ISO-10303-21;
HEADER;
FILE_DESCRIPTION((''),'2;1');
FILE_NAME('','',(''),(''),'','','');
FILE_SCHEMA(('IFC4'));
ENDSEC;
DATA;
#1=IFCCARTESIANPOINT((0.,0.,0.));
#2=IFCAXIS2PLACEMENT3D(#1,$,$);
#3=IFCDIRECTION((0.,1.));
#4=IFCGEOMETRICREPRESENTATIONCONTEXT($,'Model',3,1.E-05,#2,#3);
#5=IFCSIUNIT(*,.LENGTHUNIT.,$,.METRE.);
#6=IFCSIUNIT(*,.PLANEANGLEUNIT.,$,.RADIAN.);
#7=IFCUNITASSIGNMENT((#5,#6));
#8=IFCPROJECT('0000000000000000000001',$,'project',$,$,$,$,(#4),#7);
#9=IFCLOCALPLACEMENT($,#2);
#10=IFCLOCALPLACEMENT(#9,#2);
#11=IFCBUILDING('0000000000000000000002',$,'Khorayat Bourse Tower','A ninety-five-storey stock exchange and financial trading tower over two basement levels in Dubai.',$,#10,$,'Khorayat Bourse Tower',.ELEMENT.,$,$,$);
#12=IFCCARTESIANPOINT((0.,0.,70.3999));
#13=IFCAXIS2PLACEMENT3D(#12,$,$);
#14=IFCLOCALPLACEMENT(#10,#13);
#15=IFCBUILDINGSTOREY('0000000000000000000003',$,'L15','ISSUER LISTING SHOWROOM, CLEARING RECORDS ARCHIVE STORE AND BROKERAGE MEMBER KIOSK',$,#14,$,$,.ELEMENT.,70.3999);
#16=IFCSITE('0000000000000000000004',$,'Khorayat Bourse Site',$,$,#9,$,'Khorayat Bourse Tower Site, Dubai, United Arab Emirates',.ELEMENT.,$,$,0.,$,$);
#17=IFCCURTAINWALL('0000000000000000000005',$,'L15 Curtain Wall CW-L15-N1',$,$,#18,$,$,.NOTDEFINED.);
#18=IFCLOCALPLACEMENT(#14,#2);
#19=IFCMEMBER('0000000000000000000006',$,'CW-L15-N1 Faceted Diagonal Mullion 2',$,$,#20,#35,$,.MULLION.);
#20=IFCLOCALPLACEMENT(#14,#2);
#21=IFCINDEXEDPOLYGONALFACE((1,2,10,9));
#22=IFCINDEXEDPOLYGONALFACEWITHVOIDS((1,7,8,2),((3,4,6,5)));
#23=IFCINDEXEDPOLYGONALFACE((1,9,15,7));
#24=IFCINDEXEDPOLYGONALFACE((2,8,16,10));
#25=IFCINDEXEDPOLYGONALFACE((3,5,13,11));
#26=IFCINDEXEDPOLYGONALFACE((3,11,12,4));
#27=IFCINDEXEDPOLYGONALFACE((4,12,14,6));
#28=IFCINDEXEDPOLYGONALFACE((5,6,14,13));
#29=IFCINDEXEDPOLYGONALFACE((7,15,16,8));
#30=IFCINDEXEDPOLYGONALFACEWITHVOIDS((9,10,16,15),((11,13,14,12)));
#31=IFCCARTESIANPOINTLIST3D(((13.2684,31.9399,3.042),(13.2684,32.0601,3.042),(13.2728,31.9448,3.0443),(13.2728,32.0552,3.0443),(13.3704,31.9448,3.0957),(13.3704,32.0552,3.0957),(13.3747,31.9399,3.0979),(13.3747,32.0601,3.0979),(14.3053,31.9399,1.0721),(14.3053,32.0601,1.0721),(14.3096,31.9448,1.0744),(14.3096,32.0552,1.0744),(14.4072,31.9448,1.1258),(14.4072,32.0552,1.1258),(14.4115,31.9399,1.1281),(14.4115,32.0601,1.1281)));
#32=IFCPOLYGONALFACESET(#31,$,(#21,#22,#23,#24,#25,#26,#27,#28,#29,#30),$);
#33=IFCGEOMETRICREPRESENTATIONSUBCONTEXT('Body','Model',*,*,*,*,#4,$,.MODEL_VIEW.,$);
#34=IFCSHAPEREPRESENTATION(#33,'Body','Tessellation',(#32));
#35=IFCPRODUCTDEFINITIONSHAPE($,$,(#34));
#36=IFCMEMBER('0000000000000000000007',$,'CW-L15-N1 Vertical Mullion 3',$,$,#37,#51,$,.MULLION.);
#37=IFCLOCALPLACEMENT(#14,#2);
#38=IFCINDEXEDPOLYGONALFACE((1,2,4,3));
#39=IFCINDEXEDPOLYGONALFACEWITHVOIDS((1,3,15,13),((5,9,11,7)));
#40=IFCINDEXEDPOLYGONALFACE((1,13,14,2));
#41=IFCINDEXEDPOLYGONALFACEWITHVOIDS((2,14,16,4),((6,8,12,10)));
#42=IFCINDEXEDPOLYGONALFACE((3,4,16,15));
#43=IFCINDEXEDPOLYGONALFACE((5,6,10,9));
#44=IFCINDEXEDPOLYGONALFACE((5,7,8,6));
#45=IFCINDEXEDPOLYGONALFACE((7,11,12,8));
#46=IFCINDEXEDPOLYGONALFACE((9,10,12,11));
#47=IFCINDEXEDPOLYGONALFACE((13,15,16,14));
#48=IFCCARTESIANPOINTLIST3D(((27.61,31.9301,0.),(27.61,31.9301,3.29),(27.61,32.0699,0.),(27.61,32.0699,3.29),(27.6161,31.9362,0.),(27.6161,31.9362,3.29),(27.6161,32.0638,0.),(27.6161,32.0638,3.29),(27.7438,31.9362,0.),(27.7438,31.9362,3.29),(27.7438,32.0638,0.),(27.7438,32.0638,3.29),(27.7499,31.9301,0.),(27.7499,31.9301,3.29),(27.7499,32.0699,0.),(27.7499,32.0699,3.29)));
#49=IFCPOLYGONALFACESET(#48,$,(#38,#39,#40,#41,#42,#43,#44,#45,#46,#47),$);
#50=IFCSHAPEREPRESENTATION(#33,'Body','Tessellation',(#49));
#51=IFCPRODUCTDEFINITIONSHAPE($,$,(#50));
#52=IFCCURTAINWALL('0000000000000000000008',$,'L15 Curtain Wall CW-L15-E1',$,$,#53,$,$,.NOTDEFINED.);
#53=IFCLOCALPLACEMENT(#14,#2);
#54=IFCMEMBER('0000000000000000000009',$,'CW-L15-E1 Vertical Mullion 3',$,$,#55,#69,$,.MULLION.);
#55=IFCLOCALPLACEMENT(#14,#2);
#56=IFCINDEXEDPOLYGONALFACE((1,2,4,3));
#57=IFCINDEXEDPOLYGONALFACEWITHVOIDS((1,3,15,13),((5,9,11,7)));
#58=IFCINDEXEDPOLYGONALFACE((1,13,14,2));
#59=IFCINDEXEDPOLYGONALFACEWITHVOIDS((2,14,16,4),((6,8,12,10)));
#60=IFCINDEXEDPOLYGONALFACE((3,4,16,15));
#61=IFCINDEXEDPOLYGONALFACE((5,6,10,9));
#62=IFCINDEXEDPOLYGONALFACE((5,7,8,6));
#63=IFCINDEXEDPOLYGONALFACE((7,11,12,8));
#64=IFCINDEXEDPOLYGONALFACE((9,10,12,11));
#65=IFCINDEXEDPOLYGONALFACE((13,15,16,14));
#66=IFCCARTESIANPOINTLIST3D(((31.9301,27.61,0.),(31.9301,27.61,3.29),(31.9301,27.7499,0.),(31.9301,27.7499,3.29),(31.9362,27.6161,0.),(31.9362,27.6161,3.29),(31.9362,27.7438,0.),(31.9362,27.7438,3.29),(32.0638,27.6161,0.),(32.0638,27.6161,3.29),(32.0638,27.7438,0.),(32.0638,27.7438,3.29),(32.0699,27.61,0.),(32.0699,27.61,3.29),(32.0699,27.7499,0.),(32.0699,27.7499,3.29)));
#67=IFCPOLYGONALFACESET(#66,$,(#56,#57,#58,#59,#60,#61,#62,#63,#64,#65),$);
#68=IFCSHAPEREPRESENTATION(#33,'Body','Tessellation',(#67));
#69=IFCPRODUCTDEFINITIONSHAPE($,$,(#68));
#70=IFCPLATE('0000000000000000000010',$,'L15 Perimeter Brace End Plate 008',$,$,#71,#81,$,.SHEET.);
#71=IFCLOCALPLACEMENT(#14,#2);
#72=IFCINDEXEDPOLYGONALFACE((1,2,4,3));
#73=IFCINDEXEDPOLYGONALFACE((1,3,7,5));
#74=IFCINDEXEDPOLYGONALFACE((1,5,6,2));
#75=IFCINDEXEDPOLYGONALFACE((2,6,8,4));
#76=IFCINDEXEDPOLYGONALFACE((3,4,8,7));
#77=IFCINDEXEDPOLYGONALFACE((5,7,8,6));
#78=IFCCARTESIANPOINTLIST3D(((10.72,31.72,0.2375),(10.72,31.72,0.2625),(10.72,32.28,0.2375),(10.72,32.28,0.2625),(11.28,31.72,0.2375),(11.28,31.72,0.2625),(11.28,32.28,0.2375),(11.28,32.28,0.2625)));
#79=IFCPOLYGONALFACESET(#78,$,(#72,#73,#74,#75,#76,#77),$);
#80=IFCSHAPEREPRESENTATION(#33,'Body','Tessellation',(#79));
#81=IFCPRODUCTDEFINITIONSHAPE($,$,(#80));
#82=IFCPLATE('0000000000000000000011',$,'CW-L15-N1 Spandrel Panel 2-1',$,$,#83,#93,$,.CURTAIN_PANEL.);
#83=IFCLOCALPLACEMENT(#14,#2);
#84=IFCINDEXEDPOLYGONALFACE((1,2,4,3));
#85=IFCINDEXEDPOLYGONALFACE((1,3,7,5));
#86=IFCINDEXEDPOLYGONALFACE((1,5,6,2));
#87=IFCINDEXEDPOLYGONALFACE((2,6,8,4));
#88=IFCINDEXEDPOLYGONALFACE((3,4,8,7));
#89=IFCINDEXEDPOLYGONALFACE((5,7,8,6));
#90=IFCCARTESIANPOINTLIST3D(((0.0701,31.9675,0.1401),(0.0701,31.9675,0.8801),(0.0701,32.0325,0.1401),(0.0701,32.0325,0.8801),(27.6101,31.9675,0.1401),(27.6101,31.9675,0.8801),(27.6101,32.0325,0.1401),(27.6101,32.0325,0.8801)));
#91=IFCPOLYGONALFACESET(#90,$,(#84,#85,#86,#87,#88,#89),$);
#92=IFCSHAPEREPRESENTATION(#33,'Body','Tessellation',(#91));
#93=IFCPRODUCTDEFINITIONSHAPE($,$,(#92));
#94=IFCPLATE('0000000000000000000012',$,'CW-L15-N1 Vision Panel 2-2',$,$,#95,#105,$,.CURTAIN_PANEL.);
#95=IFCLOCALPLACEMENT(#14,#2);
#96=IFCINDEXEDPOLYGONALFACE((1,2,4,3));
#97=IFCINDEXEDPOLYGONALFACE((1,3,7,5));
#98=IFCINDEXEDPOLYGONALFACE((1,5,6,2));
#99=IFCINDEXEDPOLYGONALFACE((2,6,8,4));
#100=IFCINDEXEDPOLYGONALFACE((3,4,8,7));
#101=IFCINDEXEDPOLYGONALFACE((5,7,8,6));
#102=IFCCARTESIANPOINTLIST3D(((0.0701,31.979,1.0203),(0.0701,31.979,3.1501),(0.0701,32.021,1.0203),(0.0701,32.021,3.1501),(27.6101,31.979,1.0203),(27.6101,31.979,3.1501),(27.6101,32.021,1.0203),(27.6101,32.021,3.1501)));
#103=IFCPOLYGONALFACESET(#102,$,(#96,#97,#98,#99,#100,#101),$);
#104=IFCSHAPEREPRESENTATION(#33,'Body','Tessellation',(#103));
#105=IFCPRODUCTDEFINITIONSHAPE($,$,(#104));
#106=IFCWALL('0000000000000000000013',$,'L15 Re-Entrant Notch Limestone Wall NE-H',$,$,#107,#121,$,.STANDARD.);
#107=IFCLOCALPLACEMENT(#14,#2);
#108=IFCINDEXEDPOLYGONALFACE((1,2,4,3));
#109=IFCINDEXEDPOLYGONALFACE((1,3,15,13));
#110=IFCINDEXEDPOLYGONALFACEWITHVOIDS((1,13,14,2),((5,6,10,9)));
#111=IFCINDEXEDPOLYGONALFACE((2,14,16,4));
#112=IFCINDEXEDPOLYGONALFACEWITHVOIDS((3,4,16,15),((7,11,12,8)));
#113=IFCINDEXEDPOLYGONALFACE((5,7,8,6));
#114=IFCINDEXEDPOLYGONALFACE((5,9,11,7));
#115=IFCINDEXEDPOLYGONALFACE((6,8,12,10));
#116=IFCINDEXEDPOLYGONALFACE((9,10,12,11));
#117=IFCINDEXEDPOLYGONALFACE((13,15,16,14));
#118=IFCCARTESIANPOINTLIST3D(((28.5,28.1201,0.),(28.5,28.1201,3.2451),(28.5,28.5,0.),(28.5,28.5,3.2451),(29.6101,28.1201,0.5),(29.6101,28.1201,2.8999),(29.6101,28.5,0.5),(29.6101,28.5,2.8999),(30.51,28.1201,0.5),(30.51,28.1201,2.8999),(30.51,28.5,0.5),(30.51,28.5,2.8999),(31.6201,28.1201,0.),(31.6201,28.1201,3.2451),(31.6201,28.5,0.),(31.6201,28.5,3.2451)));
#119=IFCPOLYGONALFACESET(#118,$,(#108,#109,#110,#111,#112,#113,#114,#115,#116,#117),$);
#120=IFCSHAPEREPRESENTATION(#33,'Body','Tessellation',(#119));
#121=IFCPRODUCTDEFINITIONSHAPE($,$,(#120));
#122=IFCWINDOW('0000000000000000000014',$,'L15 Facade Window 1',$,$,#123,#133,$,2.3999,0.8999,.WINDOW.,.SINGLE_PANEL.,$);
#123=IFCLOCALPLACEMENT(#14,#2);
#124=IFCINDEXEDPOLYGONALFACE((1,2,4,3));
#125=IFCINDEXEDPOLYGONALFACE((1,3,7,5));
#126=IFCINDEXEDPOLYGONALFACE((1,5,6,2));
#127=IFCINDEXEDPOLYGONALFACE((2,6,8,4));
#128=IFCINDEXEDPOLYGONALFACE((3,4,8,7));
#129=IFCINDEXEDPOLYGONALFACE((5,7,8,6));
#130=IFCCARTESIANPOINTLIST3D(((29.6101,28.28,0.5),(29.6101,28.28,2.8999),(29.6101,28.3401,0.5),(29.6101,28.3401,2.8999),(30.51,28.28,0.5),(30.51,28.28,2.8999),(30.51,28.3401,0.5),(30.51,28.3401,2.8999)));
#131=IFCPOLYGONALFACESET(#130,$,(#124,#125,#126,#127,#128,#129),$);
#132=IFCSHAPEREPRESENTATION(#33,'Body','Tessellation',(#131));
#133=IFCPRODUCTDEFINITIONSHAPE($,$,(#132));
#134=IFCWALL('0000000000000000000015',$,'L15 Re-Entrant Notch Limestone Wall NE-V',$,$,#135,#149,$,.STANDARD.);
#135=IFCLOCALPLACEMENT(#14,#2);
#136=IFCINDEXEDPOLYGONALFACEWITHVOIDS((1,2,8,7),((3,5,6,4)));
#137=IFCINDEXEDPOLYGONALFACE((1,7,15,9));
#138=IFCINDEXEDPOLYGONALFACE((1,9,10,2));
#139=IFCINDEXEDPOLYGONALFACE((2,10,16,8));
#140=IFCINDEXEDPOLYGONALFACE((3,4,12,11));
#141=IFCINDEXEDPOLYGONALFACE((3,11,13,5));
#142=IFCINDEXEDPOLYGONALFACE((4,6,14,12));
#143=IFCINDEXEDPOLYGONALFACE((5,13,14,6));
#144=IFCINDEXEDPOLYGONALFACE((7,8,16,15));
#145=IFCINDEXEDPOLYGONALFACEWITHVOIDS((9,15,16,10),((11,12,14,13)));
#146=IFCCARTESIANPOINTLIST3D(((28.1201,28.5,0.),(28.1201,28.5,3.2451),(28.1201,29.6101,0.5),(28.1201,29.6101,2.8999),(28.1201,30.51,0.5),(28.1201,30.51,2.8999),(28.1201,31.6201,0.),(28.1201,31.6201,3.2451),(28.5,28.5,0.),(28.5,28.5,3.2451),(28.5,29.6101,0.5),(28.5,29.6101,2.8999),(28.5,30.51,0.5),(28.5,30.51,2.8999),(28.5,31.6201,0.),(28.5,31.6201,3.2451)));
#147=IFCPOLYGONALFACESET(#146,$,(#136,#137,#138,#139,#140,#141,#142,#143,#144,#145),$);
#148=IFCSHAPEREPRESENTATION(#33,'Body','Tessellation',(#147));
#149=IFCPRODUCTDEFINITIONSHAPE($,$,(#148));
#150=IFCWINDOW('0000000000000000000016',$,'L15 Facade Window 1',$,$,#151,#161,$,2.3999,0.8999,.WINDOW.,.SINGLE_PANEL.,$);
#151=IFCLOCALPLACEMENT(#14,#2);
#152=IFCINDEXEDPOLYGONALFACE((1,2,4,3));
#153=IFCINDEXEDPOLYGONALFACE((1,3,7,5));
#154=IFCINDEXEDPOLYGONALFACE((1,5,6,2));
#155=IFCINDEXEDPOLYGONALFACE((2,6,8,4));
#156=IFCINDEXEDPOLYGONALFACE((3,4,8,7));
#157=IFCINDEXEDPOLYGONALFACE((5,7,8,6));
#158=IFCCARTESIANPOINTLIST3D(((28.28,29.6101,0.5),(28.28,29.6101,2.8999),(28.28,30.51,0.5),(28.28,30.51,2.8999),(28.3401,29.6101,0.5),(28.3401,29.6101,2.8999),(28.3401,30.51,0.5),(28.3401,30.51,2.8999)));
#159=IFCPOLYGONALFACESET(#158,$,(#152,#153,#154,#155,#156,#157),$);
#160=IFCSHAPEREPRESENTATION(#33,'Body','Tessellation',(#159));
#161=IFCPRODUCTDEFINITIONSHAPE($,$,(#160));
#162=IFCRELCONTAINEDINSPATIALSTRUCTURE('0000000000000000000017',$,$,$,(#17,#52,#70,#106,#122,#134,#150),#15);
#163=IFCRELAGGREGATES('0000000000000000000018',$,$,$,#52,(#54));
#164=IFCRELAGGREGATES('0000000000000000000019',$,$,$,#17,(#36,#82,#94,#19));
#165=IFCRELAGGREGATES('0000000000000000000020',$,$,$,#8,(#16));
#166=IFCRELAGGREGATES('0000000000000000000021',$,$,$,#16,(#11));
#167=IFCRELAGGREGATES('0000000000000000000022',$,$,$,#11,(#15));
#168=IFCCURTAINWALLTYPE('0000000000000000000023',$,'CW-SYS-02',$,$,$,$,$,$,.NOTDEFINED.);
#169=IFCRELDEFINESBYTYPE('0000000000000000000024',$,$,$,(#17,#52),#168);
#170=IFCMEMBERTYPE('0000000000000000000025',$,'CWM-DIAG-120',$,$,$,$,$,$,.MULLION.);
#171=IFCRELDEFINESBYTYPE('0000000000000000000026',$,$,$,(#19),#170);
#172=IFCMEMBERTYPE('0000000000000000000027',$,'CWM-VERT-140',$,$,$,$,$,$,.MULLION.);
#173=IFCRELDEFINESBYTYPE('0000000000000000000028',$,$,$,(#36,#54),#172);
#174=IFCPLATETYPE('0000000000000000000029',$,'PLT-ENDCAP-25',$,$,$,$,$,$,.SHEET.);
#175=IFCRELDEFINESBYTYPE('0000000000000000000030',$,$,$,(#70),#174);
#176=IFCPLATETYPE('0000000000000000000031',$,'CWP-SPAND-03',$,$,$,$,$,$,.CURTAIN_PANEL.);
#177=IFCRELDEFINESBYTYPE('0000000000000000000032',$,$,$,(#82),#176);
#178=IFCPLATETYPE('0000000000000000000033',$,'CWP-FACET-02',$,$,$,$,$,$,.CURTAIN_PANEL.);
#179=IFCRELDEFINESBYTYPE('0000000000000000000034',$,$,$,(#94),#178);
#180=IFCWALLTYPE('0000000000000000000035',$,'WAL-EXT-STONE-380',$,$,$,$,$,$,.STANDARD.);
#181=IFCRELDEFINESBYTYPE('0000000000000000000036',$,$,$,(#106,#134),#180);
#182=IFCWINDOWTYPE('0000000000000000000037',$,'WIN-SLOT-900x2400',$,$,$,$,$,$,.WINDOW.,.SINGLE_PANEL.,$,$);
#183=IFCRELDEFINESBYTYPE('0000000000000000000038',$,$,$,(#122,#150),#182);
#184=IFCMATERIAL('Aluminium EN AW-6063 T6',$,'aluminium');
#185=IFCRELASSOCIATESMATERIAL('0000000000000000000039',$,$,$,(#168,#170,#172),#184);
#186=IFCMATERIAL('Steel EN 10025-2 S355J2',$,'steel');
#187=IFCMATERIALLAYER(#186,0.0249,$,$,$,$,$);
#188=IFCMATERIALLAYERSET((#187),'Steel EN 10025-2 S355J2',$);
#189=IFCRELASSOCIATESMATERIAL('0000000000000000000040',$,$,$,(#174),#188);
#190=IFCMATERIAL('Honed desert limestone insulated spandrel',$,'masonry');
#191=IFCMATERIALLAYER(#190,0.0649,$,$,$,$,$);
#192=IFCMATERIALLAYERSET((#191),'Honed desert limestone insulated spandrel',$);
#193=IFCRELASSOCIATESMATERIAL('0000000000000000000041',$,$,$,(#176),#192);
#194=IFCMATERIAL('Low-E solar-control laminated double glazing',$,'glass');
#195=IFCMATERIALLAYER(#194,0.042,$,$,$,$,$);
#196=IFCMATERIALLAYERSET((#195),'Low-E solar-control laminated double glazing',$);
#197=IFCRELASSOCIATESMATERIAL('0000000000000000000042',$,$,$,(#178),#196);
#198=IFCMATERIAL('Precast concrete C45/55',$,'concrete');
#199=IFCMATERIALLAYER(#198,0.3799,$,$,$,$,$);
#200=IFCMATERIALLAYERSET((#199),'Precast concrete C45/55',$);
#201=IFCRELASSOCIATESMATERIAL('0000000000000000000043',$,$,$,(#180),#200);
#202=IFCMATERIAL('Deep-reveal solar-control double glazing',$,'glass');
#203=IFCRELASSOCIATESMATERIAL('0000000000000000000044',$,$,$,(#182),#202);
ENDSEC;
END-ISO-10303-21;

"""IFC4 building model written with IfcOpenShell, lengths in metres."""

from ifc_helpers import new_model, si_unit, direction, frame, frame_2d, origin, origin_2d, place, context, subcontext, project, spatial, rectangle, hollow_rectangle, extrude, source, transform, mapped, material, layer, layer_set, material_profile, profile_set, type_object, element, fill, aggregate, save


model = new_model("IFC4")

# Units and contexts
model_context = context("Model", 3, precision=1e-05, world=origin(), true_north=direction((0.0, 1.0)))
body_context = subcontext(model_context, "Body", "Model", "MODEL_VIEW")
ifc_project = project(units=[si_unit("LENGTHUNIT", "METRE"), si_unit("PLANEANGLEUNIT", "RADIAN")], contexts=[model_context])

# Site, building, storey
site_placement = place(None, origin())
site = spatial("IfcSite", under=ifc_project, at=site_placement, Name="Khorayat Bourse Site", LongName="Khorayat Bourse Tower Site, Dubai, United Arab Emirates", CompositionType="ELEMENT", RefElevation=0.0)
building_placement = place(site_placement, origin())
building = spatial("IfcBuilding", under=site, at=building_placement, Name="Khorayat Bourse Tower", Description="A ninety-five-storey stock exchange and financial trading tower over two basement levels in Dubai.", LongName="Khorayat Bourse Tower", CompositionType="ELEMENT")
storey_placement = place(building_placement, frame((0.0, 0.0, 70.3999)))
storey = spatial("IfcBuildingStorey", under=building, at=storey_placement, Name="L15", Description="ISSUER LISTING SHOWROOM, CLEARING RECORDS ARCHIVE STORE AND BROKERAGE MEMBER KIOSK", CompositionType="ELEMENT", Elevation=70.3999)

# Curtain wall, members
ifc_material_1 = material(Name="Aluminium EN AW-6063 T6", Category="aluminium")
curtain_wall_type = type_object("IfcCurtainWallType", Name="CW-SYS-02", PredefinedType="NOTDEFINED", material=ifc_material_1)
curtain_wall_1_placement = place(storey_placement, origin())
curtain_wall_1 = element("IfcCurtainWall", 1, at=curtain_wall_1_placement, inside=storey, type_object=curtain_wall_type, Name="L15 Curtain Wall CW-L15-N1", PredefinedType="NOTDEFINED")
ifc_material_profile_1 = material_profile(ifc_material_1, hollow_rectangle(XDim=0.1201, YDim=0.1201, WallThickness=0.0049, at=origin_2d()), Name="ALU 120x120x5")
ifc_profile_set_1 = profile_set([ifc_material_profile_1], Name="Aluminium EN AW-6063 T6")
member_type_1 = type_object("IfcMemberType", Name="CWM-DIAG-120", PredefinedType="MULLION", material=ifc_profile_set_1)
shared_shape_1 = source(origin(), body_context, "Body", "SweptSolid", [
    extrude(hollow_rectangle(XDim=0.1201, YDim=0.1201, WallThickness=0.0049, at=origin_2d()), origin(), (0.0, 0.0, 1.0), 2.2261),
])
member_1_placement = place(storey_placement, frame((14.3584, 32.0, 1.1001), z_axis=(-0.46576, 0.0, 0.884911), x_axis=(0.0, -1.0, 0.0)))
member_1 = element("IfcMember", 2, at=member_1_placement, type_object=member_type_1, Name="CW-L15-N1 Faceted Diagonal Mullion 2", PredefinedType="MULLION", context=body_context, shape_type="MappedRepresentation", body=[
    mapped(shared_shape_1, transform((0.0, 0.0, 0.0), scale=1.0)),
])
ifc_material_profile_2 = material_profile(ifc_material_1, hollow_rectangle(XDim=0.1399, YDim=0.1399, WallThickness=0.0061, at=origin_2d()), Name="ALU 140x140x6")
ifc_profile_set_2 = profile_set([ifc_material_profile_2], Name="Aluminium EN AW-6063 T6")
member_type_2 = type_object("IfcMemberType", Name="CWM-VERT-140", PredefinedType="MULLION", material=ifc_profile_set_2)
shared_shape_2 = source(origin(), body_context, "Body", "SweptSolid", [
    extrude(hollow_rectangle(XDim=0.1399, YDim=0.1399, WallThickness=0.0061, at=origin_2d()), origin(), (0.0, 0.0, 1.0), 3.29),
])
member_2_placement = place(storey_placement, frame((27.6799, 32.0, 0.0), z_axis=(0.0, 0.0, 1.0), x_axis=(0.0, 1.0, 0.0)))
member_2 = element("IfcMember", 3, at=member_2_placement, type_object=member_type_2, Name="CW-L15-N1 Vertical Mullion 3", PredefinedType="MULLION", context=body_context, shape_type="MappedRepresentation", body=[
    mapped(shared_shape_2, transform((0.0, 0.0, 0.0), scale=1.0)),
])

# Curtain wall, member
curtain_wall_2_placement = place(storey_placement, origin())
curtain_wall_2 = element("IfcCurtainWall", 4, at=curtain_wall_2_placement, inside=storey, type_object=curtain_wall_type, Name="L15 Curtain Wall CW-L15-E1", PredefinedType="NOTDEFINED")
member_3_placement = place(storey_placement, frame((32.0, 27.6799, 0.0), z_axis=(0.0, 0.0, 1.0), x_axis=(-1.0, 0.0, 0.0)))
member_3 = element("IfcMember", 5, at=member_3_placement, type_object=member_type_2, Name="CW-L15-E1 Vertical Mullion 3", PredefinedType="MULLION", context=body_context, shape_type="MappedRepresentation", body=[
    mapped(shared_shape_2, transform((0.0, 0.0, 0.0), scale=1.0)),
])
aggregate(curtain_wall_2, [member_3])

# Plates
ifc_material_2 = material(Name="Steel EN 10025-2 S355J2", Category="steel")
ifc_layer_1 = layer(ifc_material_2, 0.0249)
ifc_layer_set_1 = layer_set([ifc_layer_1], Name="Steel EN 10025-2 S355J2")
plate_type_1 = type_object("IfcPlateType", Name="PLT-ENDCAP-25", PredefinedType="SHEET", material=ifc_layer_set_1)
shared_shape_3 = source(origin(), body_context, "Body", "SweptSolid", [
    extrude(rectangle(XDim=0.5601, YDim=0.5601, at=origin_2d()), origin(), (0.0, 0.0, 1.0), 0.0249),
])
plate_1_placement = place(storey_placement, frame((11.0, 32.0, 0.2375), z_axis=(0.0, 0.0, 1.0), x_axis=(1.0, 0.0, 0.0)))
element("IfcPlate", 6, at=plate_1_placement, inside=storey, type_object=plate_type_1, Name="L15 Perimeter Brace End Plate 008", PredefinedType="SHEET", context=body_context, shape_type="MappedRepresentation", body=[
    mapped(shared_shape_3, transform((0.0, 0.0, 0.0), scale=1.0)),
])
ifc_material_3 = material(Name="Honed desert limestone insulated spandrel", Category="masonry")
ifc_layer_2 = layer(ifc_material_3, 0.0649)
ifc_layer_set_2 = layer_set([ifc_layer_2], Name="Honed desert limestone insulated spandrel")
plate_type_2 = type_object("IfcPlateType", Name="CWP-SPAND-03", PredefinedType="CURTAIN_PANEL", material=ifc_layer_set_2)
shared_shape_4 = source(origin(), body_context, "Body", "SweptSolid", [
    extrude(rectangle(XDim=27.54, YDim=0.0649, at=origin_2d()), origin(), (0.0, 0.0, 1.0), 0.74),
])
plate_2_placement = place(storey_placement, frame((13.8401, 32.0, 0.1401), z_axis=(0.0, 0.0, 1.0), x_axis=(1.0, 0.0, 0.0)))
plate_2 = element("IfcPlate", 7, at=plate_2_placement, type_object=plate_type_2, Name="CW-L15-N1 Spandrel Panel 2-1", PredefinedType="CURTAIN_PANEL", context=body_context, shape_type="MappedRepresentation", body=[
    mapped(shared_shape_4, transform((0.0, 0.0, 0.0), scale=1.0)),
])
ifc_material_4 = material(Name="Low-E solar-control laminated double glazing", Category="glass")
ifc_layer_3 = layer(ifc_material_4, 0.042)
ifc_layer_set_3 = layer_set([ifc_layer_3], Name="Low-E solar-control laminated double glazing")
plate_type_3 = type_object("IfcPlateType", Name="CWP-FACET-02", PredefinedType="CURTAIN_PANEL", material=ifc_layer_set_3)
shared_shape_5 = source(origin(), body_context, "Body", "SweptSolid", [
    extrude(rectangle(XDim=27.54, YDim=0.042, at=origin_2d()), origin(), (0.0, 0.0, 1.0), 2.1299),
])
plate_3_placement = place(storey_placement, frame((13.8401, 32.0, 1.0203), z_axis=(0.0, 0.0, 1.0), x_axis=(1.0, 0.0, 0.0)))
plate_3 = element("IfcPlate", 8, at=plate_3_placement, type_object=plate_type_3, Name="CW-L15-N1 Vision Panel 2-2", PredefinedType="CURTAIN_PANEL", context=body_context, shape_type="MappedRepresentation", body=[
    mapped(shared_shape_5, transform((0.0, 0.0, 0.0), scale=1.0)),
])
aggregate(curtain_wall_1, [member_2, plate_2, plate_3, member_1])

# Walls, openings, windows
ifc_material_5 = material(Name="Precast concrete C45/55", Category="concrete")
ifc_layer_4 = layer(ifc_material_5, 0.3799)
ifc_layer_set_4 = layer_set([ifc_layer_4], Name="Precast concrete C45/55")
wall_type_1 = type_object("IfcWallType", Name="WAL-EXT-STONE-380", PredefinedType="STANDARD", material=ifc_layer_set_4)
shared_shape_6 = source(origin(), body_context, "Body", "SweptSolid", [
    extrude(rectangle(XDim=3.1201, YDim=0.3799, at=frame_2d((1.5601, 0.0))), origin(), (0.0, 0.0, 1.0), 3.2451),
])
wall_1_placement = place(storey_placement, frame((28.5, 28.3101, 0.0), z_axis=(0.0, 0.0, 1.0), x_axis=(1.0, 0.0, 0.0)))
wall_1 = element("IfcWall", 9, at=wall_1_placement, inside=storey, type_object=wall_type_1, Name="L15 Re-Entrant Notch Limestone Wall NE-H", PredefinedType="STANDARD", context=body_context, shape_type="MappedRepresentation", body=[
    mapped(shared_shape_6, transform((0.0, 0.0, 0.0), scale=1.0)),
])
shared_shape_7 = source(origin(), body_context, "Body", "SweptSolid", [
    extrude(rectangle(XDim=0.8999, YDim=2.3999, at=frame_2d((0.45, 1.2))), frame((0.0, 0.2, 0.0), z_axis=(0.0, -1.0, 0.0), x_axis=(1.0, 0.0, 0.0)), (0.0, 0.0, 1.0), 0.3999),
])
opening_1_placement = place(wall_1_placement, frame((1.1101, 0.0, 0.5)))
opening_1 = element("IfcOpeningElement", 10, at=opening_1_placement, cuts=wall_1, PredefinedType="OPENING", context=body_context, shape_type="MappedRepresentation", body=[
    mapped(shared_shape_7, transform((0.0, 0.0, 0.0), scale=1.0)),
])
ifc_material_6 = material(Name="Deep-reveal solar-control double glazing", Category="glass")
window_type = type_object("IfcWindowType", Name="WIN-SLOT-900x2400", PartitioningType="SINGLE_PANEL", PredefinedType="WINDOW", material=ifc_material_6)
shared_shape_8 = source(origin(), body_context, "Body", "SweptSolid", [
    extrude(rectangle(XDim=0.8999, YDim=2.3999, at=frame_2d((0.45, 1.2))), frame((0.0, 0.03, 0.0), z_axis=(0.0, -1.0, 0.0), x_axis=(1.0, 0.0, 0.0)), (0.0, 0.0, 1.0), 0.0601),
])
window_1_placement = place(opening_1_placement, origin())
window_1 = element("IfcWindow", 11, at=window_1_placement, inside=storey, type_object=window_type, Name="L15 Facade Window 1", OverallHeight=2.3999, OverallWidth=0.8999, PartitioningType="SINGLE_PANEL", PredefinedType="WINDOW", context=body_context, shape_type="MappedRepresentation", body=[
    mapped(shared_shape_8, transform((0.0, 0.0, 0.0), scale=1.0)),
])
fill(opening_1, window_1)
wall_2_placement = place(storey_placement, frame((28.3101, 28.5, 0.0), z_axis=(0.0, 0.0, 1.0), x_axis=(0.0, 1.0, 0.0)))
wall_2 = element("IfcWall", 12, at=wall_2_placement, inside=storey, type_object=wall_type_1, Name="L15 Re-Entrant Notch Limestone Wall NE-V", PredefinedType="STANDARD", context=body_context, shape_type="MappedRepresentation", body=[
    mapped(shared_shape_6, transform((0.0, 0.0, 0.0), scale=1.0)),
])
opening_2_placement = place(wall_2_placement, frame((1.1101, 0.0, 0.5)))
opening_2 = element("IfcOpeningElement", 13, at=opening_2_placement, cuts=wall_2, PredefinedType="OPENING", context=body_context, shape_type="MappedRepresentation", body=[
    mapped(shared_shape_7, transform((0.0, 0.0, 0.0), scale=1.0)),
])
window_2_placement = place(opening_2_placement, origin())
window_2 = element("IfcWindow", 14, at=window_2_placement, inside=storey, type_object=window_type, Name="L15 Facade Window 1", OverallHeight=2.3999, OverallWidth=0.8999, PartitioningType="SINGLE_PANEL", PredefinedType="WINDOW", context=body_context, shape_type="MappedRepresentation", body=[
    mapped(shared_shape_8, transform((0.0, 0.0, 0.0), scale=1.0)),
])
fill(opening_2, window_2)

save(model, "model.ifc")
